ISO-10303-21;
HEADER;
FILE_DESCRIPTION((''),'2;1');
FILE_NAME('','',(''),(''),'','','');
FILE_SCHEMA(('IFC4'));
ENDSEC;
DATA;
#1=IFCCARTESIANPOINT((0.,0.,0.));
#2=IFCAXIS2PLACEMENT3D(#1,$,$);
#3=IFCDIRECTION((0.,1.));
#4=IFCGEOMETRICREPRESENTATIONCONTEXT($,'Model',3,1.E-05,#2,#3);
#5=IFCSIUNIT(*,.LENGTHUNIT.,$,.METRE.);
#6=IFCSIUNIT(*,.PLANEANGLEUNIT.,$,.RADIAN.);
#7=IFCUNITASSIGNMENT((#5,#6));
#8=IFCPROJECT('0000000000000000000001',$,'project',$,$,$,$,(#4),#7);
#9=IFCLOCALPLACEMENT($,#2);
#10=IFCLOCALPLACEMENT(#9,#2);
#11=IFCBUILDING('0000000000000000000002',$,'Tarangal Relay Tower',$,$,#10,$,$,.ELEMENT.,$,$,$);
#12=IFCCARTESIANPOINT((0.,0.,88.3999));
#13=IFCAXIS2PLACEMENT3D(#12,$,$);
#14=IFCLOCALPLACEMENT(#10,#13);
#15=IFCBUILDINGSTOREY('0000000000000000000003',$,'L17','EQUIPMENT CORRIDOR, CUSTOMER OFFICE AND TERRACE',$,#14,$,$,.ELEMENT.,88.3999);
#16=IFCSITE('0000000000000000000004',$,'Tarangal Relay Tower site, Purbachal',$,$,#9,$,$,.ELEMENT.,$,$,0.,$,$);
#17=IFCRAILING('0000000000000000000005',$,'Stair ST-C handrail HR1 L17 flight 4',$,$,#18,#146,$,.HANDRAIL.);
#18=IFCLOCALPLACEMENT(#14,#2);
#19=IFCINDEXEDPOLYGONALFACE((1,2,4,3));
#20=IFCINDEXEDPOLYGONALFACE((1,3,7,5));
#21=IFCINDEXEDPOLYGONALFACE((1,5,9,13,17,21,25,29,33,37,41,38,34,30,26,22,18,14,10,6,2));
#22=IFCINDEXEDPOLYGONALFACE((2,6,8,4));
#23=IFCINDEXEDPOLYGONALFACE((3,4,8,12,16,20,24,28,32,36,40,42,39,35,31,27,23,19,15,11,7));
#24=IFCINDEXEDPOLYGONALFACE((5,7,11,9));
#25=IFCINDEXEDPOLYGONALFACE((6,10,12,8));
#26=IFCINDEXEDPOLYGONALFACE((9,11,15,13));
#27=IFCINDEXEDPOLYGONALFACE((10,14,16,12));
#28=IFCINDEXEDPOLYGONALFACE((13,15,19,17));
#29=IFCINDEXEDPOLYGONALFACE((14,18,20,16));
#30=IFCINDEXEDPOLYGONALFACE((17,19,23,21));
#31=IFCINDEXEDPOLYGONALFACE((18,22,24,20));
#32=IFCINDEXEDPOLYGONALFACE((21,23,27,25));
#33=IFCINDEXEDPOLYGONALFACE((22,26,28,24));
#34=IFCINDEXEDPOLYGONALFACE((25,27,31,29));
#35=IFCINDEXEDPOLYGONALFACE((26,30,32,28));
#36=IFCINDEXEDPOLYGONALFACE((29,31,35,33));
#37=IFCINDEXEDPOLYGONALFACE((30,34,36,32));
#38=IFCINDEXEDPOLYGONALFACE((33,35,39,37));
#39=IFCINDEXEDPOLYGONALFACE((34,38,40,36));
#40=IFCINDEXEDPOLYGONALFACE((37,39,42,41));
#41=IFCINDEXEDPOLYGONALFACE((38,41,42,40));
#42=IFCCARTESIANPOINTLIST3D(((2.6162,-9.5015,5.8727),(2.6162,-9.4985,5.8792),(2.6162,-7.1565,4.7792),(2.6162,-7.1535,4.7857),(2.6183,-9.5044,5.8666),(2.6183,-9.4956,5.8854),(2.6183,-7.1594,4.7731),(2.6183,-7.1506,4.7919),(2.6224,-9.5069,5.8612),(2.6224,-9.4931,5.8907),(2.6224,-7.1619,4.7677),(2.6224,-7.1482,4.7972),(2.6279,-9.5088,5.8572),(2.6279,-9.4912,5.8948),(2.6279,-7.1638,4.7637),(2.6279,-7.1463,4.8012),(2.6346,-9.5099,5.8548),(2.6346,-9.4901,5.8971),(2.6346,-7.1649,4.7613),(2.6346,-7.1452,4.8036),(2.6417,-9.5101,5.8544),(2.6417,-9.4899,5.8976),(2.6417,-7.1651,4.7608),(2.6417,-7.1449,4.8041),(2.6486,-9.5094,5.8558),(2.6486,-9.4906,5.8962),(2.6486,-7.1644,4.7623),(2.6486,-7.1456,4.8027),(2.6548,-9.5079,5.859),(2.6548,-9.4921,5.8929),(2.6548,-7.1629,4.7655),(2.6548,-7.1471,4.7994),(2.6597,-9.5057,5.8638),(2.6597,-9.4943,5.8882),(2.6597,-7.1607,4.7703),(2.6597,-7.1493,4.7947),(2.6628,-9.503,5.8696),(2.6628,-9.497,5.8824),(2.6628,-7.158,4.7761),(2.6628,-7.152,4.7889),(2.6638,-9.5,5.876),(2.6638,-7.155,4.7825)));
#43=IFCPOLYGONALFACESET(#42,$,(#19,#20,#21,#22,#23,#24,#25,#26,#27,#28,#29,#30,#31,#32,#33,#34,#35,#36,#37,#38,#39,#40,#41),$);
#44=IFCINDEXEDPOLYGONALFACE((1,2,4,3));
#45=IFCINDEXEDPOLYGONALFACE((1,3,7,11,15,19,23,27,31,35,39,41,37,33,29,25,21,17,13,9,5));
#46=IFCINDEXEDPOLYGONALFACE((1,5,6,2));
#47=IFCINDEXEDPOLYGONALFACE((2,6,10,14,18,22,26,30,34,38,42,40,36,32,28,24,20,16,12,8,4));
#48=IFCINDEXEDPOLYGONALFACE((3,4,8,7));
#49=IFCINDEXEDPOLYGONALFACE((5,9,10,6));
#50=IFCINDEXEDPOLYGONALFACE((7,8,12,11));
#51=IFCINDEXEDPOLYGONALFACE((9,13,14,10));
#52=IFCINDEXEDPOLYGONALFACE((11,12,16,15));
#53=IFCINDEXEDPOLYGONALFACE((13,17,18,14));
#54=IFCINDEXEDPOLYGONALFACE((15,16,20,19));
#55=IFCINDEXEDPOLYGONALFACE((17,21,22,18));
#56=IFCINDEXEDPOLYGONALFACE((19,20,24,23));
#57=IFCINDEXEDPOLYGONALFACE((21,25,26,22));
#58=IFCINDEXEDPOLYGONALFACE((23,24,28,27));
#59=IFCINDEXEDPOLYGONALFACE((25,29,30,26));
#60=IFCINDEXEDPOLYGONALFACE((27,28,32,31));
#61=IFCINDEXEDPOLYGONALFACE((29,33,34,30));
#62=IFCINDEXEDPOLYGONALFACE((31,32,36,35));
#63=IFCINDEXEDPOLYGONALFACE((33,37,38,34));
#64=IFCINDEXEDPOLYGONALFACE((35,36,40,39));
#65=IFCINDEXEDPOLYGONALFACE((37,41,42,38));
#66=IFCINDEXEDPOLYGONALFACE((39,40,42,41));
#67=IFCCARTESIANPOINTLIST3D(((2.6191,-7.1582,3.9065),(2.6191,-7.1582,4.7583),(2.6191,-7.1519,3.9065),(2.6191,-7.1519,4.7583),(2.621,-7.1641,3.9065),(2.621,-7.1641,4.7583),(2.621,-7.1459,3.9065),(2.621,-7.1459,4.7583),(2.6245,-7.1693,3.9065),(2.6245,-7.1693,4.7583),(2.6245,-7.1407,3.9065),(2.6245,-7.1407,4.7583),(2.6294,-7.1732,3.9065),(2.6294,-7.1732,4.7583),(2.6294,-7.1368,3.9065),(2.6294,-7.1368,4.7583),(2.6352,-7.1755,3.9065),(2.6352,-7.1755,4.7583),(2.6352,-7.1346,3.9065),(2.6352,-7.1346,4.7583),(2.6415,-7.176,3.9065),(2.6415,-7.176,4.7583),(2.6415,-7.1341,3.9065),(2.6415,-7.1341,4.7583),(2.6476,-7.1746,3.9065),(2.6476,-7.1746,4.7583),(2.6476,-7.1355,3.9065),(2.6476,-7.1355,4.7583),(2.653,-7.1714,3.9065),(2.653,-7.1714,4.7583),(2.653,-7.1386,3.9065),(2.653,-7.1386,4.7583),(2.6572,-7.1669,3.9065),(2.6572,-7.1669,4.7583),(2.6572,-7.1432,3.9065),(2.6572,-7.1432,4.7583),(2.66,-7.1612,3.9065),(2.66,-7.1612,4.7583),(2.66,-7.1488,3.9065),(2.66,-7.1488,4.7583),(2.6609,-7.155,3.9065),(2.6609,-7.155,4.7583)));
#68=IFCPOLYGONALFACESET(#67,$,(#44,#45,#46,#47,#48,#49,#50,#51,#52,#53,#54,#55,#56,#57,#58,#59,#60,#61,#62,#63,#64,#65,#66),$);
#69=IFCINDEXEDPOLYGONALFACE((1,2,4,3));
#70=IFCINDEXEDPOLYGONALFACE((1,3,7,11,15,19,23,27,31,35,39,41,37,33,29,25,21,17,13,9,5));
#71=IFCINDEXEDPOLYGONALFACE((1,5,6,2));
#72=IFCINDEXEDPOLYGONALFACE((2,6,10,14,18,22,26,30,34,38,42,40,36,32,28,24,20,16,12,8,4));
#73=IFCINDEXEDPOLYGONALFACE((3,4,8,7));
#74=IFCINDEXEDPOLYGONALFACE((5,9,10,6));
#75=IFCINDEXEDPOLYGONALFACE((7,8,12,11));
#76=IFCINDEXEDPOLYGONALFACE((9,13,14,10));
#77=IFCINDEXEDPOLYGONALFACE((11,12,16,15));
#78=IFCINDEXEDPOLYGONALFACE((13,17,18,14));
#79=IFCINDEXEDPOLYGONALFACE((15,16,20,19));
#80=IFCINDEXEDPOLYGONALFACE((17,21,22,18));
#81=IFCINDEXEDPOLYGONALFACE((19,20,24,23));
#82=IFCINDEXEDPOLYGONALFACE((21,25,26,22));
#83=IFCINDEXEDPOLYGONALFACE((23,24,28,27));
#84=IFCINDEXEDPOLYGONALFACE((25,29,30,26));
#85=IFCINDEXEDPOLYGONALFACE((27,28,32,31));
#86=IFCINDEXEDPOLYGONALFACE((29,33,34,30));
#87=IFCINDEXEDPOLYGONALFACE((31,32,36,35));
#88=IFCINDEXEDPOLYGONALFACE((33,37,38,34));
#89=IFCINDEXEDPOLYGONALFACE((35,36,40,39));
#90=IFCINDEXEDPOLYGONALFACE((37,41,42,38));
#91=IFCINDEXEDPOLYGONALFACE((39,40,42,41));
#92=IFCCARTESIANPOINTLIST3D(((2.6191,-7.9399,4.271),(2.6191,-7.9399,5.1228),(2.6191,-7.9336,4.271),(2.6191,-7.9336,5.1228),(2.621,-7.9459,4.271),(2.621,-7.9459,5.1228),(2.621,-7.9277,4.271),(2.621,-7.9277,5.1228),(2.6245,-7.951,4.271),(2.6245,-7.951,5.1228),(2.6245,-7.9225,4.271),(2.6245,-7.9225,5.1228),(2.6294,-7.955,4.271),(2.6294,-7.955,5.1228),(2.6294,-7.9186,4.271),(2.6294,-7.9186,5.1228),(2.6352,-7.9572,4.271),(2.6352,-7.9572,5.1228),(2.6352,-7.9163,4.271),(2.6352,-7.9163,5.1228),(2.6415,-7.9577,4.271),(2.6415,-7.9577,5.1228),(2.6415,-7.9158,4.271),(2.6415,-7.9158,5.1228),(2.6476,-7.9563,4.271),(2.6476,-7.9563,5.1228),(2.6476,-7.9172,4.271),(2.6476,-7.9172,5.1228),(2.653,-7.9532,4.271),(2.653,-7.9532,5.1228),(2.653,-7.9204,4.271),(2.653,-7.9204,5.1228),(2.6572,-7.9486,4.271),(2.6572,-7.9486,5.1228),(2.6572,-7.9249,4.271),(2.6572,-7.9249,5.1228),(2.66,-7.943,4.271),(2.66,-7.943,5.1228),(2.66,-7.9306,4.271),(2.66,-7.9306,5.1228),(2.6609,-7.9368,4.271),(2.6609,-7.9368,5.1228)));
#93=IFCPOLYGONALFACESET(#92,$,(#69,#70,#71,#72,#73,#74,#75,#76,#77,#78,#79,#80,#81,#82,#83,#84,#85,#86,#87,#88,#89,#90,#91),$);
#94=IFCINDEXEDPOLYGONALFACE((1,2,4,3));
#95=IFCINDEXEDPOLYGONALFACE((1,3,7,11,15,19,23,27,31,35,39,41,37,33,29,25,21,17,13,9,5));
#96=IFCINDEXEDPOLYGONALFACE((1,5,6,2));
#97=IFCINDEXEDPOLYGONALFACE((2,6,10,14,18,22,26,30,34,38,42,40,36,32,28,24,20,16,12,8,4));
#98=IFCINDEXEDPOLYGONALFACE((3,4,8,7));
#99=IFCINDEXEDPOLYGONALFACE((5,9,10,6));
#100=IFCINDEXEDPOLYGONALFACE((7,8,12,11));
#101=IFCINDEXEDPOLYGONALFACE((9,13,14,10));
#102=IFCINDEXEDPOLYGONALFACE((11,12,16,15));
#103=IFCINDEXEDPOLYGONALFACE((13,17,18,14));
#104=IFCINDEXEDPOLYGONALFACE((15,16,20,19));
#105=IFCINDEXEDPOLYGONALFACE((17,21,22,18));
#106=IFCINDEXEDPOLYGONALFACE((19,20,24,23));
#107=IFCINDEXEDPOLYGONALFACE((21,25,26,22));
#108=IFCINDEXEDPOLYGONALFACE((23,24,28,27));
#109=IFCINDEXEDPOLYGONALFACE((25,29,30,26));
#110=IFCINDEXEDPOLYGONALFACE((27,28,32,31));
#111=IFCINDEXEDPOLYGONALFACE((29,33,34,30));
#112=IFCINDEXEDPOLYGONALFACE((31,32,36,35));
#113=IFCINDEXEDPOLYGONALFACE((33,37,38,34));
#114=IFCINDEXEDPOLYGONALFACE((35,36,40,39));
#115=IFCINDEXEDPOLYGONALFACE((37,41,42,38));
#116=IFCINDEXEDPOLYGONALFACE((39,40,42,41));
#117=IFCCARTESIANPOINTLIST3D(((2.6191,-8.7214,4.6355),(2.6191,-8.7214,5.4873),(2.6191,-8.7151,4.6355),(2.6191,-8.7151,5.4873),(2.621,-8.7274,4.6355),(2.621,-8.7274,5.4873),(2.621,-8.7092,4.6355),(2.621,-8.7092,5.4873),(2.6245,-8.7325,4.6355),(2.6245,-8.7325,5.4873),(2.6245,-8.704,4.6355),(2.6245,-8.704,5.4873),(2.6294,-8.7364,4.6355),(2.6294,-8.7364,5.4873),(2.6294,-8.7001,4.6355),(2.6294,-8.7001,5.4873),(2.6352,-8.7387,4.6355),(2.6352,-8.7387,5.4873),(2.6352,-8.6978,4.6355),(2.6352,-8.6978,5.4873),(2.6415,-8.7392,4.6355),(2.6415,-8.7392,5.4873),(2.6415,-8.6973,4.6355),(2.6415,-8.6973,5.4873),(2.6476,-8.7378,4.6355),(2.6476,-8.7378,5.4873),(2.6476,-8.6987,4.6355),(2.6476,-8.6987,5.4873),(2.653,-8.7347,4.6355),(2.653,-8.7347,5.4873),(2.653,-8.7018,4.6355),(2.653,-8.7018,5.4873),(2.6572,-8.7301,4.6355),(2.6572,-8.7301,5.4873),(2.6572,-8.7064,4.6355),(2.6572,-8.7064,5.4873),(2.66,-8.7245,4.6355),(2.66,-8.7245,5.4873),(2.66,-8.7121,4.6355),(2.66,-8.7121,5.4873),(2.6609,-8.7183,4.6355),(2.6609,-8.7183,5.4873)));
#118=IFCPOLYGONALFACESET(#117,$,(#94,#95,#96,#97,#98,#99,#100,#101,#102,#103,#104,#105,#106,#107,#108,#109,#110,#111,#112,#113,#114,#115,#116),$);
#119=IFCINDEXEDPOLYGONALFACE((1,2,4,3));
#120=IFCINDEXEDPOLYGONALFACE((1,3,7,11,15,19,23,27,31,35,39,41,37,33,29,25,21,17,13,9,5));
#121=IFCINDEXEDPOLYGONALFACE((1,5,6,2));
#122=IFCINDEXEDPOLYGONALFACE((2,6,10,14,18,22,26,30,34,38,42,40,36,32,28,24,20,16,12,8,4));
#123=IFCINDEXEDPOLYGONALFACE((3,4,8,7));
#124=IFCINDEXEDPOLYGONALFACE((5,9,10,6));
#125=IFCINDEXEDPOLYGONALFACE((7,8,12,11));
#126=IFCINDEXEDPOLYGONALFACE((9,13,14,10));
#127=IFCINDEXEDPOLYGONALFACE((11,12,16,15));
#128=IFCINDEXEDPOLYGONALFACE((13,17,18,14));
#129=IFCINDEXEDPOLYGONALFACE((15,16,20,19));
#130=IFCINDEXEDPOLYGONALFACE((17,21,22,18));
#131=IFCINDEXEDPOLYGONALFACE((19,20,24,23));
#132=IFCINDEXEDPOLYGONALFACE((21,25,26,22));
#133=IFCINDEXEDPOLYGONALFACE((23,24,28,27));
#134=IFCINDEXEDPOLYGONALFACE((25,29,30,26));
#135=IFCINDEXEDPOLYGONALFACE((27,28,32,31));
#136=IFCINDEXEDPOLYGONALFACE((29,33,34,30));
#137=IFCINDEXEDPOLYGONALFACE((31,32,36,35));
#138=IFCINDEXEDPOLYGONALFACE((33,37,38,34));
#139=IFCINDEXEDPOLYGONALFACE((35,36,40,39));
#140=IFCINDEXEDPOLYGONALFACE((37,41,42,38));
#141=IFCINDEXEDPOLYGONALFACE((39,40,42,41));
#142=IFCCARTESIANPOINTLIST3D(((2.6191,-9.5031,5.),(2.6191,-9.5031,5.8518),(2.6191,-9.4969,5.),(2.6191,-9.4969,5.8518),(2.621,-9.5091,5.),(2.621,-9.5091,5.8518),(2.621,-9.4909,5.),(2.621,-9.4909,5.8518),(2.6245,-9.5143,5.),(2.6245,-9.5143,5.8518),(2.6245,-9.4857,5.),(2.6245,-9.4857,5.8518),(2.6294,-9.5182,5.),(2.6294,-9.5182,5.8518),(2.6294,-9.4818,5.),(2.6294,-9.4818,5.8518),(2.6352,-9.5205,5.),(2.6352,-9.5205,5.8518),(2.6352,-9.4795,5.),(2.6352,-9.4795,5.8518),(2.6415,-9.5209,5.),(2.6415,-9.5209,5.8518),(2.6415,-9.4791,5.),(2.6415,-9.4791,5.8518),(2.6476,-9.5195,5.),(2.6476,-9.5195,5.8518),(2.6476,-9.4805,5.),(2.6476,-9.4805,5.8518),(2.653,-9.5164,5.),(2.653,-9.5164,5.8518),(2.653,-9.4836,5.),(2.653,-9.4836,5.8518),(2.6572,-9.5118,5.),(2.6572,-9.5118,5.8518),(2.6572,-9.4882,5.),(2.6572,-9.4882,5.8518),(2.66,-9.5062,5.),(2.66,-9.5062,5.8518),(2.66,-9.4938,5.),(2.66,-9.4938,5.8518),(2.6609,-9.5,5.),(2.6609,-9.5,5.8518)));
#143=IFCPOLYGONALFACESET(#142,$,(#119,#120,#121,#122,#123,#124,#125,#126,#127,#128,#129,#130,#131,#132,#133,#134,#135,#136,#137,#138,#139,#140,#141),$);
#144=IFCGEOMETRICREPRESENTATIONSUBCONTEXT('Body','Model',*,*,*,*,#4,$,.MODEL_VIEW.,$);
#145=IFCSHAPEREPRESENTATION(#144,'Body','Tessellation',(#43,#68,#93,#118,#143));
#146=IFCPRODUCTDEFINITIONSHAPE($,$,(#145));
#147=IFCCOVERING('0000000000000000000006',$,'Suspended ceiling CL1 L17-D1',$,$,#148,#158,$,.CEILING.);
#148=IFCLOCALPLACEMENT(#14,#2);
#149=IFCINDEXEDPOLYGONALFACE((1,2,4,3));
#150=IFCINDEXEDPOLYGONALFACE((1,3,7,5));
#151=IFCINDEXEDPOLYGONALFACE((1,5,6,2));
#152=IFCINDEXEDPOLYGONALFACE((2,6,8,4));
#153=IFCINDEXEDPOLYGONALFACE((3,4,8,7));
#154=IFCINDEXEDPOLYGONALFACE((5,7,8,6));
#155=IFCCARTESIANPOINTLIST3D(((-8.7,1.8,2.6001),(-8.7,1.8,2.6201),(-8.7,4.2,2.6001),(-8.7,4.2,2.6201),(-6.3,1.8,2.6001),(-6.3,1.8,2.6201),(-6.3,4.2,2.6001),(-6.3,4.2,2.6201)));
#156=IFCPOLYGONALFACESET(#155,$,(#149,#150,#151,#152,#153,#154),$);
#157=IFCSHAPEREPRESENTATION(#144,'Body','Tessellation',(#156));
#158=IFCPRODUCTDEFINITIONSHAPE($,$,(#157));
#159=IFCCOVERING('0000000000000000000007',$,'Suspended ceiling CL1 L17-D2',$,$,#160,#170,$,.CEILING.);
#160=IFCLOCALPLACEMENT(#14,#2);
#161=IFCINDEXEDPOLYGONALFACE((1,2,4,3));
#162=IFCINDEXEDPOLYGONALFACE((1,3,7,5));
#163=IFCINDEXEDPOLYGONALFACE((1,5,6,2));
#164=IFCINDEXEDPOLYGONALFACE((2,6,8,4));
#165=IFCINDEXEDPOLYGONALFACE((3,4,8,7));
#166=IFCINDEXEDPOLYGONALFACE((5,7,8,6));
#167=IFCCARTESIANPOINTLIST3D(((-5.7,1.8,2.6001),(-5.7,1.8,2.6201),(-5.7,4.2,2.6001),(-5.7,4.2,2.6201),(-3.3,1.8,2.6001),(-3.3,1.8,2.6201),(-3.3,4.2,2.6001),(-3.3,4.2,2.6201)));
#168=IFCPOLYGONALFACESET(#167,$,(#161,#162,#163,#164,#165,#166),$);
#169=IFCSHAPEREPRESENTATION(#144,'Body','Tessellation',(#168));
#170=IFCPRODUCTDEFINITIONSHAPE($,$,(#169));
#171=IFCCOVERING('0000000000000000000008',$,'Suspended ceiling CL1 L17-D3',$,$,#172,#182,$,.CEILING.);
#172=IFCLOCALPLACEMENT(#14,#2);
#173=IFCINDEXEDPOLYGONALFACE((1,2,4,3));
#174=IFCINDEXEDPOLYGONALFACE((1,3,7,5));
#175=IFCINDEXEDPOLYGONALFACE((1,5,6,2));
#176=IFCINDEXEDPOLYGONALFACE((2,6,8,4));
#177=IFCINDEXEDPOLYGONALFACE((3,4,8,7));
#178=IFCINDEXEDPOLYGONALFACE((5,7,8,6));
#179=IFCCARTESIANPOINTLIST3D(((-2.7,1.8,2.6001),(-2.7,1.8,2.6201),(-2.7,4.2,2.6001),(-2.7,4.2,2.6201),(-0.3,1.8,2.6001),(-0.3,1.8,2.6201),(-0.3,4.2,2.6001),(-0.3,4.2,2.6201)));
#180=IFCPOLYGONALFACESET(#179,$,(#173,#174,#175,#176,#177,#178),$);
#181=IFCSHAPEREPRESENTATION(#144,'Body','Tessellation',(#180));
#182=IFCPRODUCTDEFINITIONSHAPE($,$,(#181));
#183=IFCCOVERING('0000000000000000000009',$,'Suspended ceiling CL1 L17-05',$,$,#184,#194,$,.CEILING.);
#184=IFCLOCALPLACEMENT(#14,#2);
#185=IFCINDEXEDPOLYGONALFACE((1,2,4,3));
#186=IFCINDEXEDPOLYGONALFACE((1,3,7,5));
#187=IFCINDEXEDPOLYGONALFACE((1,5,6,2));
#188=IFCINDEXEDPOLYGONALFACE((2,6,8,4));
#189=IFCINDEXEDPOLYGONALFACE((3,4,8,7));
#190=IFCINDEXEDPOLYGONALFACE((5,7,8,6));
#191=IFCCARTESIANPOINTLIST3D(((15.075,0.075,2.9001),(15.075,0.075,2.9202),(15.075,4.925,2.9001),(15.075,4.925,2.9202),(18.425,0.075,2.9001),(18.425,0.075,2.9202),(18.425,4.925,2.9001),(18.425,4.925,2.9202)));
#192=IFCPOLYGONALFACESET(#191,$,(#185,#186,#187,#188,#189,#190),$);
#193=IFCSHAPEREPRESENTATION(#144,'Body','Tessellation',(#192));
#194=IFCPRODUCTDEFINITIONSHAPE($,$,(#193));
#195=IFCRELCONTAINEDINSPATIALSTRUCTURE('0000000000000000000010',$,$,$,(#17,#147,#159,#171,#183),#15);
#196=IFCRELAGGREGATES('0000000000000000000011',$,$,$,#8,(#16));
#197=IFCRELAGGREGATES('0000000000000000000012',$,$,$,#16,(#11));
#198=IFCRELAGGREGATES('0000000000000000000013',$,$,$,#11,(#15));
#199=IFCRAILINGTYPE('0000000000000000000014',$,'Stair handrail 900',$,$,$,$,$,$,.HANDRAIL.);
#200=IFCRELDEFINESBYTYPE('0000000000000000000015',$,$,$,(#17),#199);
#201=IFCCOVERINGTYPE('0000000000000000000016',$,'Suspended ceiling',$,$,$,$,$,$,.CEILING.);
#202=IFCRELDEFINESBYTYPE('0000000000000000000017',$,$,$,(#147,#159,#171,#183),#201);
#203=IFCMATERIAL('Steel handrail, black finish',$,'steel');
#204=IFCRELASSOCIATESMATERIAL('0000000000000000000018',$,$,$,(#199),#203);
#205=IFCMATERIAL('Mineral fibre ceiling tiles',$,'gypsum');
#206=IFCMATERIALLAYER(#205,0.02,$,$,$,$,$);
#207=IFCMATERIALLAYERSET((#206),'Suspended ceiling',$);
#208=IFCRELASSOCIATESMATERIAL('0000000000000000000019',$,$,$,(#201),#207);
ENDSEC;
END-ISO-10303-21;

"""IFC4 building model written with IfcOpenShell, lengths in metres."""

from ifc_helpers import new_model, si_unit, direction, frame, origin, origin_2d, place, context, subcontext, project, spatial, polyline, circle, outline, extrude, material, layer, layer_set, type_object, element, save


model = new_model("IFC4")

# Units and contexts
model_context = context("Model", 3, precision=1e-05, world=origin(), true_north=direction((0.0, 1.0)))
body_context = subcontext(model_context, "Body", "Model", "MODEL_VIEW")
ifc_project = project(units=[si_unit("LENGTHUNIT", "METRE"), si_unit("PLANEANGLEUNIT", "RADIAN")], contexts=[model_context])

# Site, building, storey
site_placement = place(None, origin())
site = spatial("IfcSite", under=ifc_project, at=site_placement, Name="Tarangal Relay Tower site, Purbachal", CompositionType="ELEMENT", RefElevation=0.0)
building_placement = place(site_placement, origin())
building = spatial("IfcBuilding", under=site, at=building_placement, Name="Tarangal Relay Tower", CompositionType="ELEMENT")
storey_placement = place(building_placement, frame((0.0, 0.0, 88.3999)))
storey = spatial("IfcBuildingStorey", under=building, at=storey_placement, Name="L17", Description="EQUIPMENT CORRIDOR, CUSTOMER OFFICE AND TERRACE", CompositionType="ELEMENT", Elevation=88.3999)

# Railing
ifc_material_1 = material(Name="Steel handrail, black finish", Category="steel")
railing_type_1 = type_object("IfcRailingType", Name="Stair handrail 900", PredefinedType="HANDRAIL", material=ifc_material_1)
for number, where, name in (
    (1, (2.6399, -7.155, 3.9065), "Stair ST-C handrail HR1 L17 flight 4"),
):
    element("IfcRailing", number, at=place(storey_placement, frame(where)), inside=storey, type_object=railing_type_1, Name=name, PredefinedType="HANDRAIL", context=body_context, shape_type="SweptSolid", body=[
        extrude(circle(Radius=0.0239, at=origin_2d()), frame((0.0, 0.0, 0.876), z_axis=(0.0, -0.906304, 0.422627), x_axis=(1.0, 0.0, 0.0)), (0.0, 0.0, 1.0), 2.5874),
        extrude(circle(Radius=0.021, at=origin_2d()), origin(), (0.0, 0.0, 1.0), 0.8518),
        extrude(circle(Radius=0.021, at=origin_2d()), frame((0.0, -0.7817, 0.3645)), (0.0, 0.0, 1.0), 0.8518),
        extrude(circle(Radius=0.021, at=origin_2d()), frame((0.0, -1.5632, 0.729)), (0.0, 0.0, 1.0), 0.8518),
        extrude(circle(Radius=0.021, at=origin_2d()), frame((0.0, -2.345, 1.0935)), (0.0, 0.0, 1.0), 0.8518),
    ])

# Coverings
ifc_material_2 = material(Name="Mineral fibre ceiling tiles", Category="gypsum")
ifc_layer_1 = layer(ifc_material_2, 0.02)
ifc_layer_set_1 = layer_set([ifc_layer_1], Name="Suspended ceiling")
covering_type_1 = type_object("IfcCoveringType", Name="Suspended ceiling", PredefinedType="CEILING", material=ifc_layer_set_1)
covering_1_placement = place(storey_placement, frame((0.0, 0.0, 2.6001)))
element("IfcCovering", 2, at=covering_1_placement, inside=storey, type_object=covering_type_1, Name="Suspended ceiling CL1 L17-D1", PredefinedType="CEILING", context=body_context, shape_type="SweptSolid", body=[
    extrude(outline(polyline([(-8.7, 1.8), (-6.3, 1.8), (-6.3, 4.2), (-8.7, 4.2), (-8.7, 1.8)])), origin(), (0.0, 0.0, 1.0), 0.02),
])
covering_2_placement = place(storey_placement, frame((0.0, 0.0, 2.6001)))
element("IfcCovering", 3, at=covering_2_placement, inside=storey, type_object=covering_type_1, Name="Suspended ceiling CL1 L17-D2", PredefinedType="CEILING", context=body_context, shape_type="SweptSolid", body=[
    extrude(outline(polyline([(-5.7, 1.8), (-3.3, 1.8), (-3.3, 4.2), (-5.7, 4.2), (-5.7, 1.8)])), origin(), (0.0, 0.0, 1.0), 0.02),
])
covering_3_placement = place(storey_placement, frame((0.0, 0.0, 2.6001)))
element("IfcCovering", 4, at=covering_3_placement, inside=storey, type_object=covering_type_1, Name="Suspended ceiling CL1 L17-D3", PredefinedType="CEILING", context=body_context, shape_type="SweptSolid", body=[
    extrude(outline(polyline([(-2.7, 1.8), (-0.3, 1.8), (-0.3, 4.2), (-2.7, 4.2), (-2.7, 1.8)])), origin(), (0.0, 0.0, 1.0), 0.02),
])
covering_4_placement = place(storey_placement, frame((0.0, 0.0, 2.9001)))
element("IfcCovering", 5, at=covering_4_placement, inside=storey, type_object=covering_type_1, Name="Suspended ceiling CL1 L17-05", PredefinedType="CEILING", context=body_context, shape_type="SweptSolid", body=[
    extrude(outline(polyline([(18.425, 4.925), (15.075, 4.925), (15.075, 0.075), (18.425, 0.075), (18.425, 4.925)])), origin(), (0.0, 0.0, 1.0), 0.02),
])

save(model, "model.ifc")
